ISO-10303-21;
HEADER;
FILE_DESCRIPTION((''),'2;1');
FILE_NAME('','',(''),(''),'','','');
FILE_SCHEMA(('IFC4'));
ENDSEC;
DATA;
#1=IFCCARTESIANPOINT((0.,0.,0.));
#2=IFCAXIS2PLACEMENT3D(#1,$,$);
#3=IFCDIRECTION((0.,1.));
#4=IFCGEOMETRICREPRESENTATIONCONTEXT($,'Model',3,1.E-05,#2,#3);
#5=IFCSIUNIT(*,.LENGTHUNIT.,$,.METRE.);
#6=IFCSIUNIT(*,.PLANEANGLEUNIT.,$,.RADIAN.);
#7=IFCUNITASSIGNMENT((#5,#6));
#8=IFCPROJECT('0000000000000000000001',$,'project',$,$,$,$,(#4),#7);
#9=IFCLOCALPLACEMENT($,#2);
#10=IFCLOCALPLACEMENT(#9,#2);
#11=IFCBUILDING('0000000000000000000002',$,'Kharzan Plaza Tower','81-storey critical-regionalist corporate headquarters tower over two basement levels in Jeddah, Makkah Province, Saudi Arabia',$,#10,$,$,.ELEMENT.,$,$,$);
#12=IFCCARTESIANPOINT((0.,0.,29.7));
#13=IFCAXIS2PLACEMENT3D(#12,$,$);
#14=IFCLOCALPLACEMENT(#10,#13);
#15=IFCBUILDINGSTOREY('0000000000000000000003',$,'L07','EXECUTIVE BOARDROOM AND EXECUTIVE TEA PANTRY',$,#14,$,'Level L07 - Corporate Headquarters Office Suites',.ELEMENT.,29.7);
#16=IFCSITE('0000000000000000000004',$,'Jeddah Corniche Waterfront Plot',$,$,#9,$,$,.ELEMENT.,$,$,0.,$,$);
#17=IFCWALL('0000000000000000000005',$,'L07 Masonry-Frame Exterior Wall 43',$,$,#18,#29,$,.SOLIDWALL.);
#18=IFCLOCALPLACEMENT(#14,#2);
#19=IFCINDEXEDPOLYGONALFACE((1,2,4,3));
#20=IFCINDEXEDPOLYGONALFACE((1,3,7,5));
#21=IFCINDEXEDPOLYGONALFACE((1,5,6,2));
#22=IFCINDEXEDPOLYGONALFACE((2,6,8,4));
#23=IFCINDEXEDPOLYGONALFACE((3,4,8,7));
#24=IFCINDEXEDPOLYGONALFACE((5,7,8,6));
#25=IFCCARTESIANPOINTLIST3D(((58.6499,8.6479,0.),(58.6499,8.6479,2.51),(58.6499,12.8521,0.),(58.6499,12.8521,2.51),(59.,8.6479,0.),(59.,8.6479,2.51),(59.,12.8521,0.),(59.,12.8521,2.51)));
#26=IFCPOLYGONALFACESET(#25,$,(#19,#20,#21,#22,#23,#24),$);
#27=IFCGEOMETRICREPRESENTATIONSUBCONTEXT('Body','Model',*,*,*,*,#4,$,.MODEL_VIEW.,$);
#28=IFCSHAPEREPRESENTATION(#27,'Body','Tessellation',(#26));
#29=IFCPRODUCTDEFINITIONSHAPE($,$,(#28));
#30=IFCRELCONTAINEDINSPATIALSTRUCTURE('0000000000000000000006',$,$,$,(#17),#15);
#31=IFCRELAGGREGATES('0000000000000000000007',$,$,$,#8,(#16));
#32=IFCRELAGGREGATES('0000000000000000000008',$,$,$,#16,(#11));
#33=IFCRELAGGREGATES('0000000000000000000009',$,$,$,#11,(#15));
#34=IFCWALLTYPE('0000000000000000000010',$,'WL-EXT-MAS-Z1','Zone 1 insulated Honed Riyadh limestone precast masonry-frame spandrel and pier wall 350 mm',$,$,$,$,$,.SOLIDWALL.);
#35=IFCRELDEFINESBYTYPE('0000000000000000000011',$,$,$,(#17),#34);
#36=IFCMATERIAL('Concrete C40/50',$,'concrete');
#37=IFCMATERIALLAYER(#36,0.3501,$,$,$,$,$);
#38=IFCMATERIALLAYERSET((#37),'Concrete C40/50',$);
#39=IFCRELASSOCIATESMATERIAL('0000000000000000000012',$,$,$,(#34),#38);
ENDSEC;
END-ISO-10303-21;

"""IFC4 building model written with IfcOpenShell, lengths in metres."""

from ifc_helpers import new_model, si_unit, direction, frame, frame_2d, origin, place, context, subcontext, project, spatial, rectangle, extrude, source, transform, mapped, material, layer, layer_set, type_object, element, save


model = new_model("IFC4")

# Units and contexts
model_context = context("Model", 3, precision=1e-05, world=origin(), true_north=direction((0.0, 1.0)))
body_context = subcontext(model_context, "Body", "Model", "MODEL_VIEW")
ifc_project = project(units=[si_unit("LENGTHUNIT", "METRE"), si_unit("PLANEANGLEUNIT", "RADIAN")], contexts=[model_context])

# Site, building, storey
site_placement = place(None, origin())
site = spatial("IfcSite", under=ifc_project, at=site_placement, Name="Jeddah Corniche Waterfront Plot", CompositionType="ELEMENT", RefElevation=0.0)
building_placement = place(site_placement, origin())
building = spatial("IfcBuilding", under=site, at=building_placement, Name="Kharzan Plaza Tower", Description="81-storey critical-regionalist corporate headquarters tower over two basement levels in Jeddah, Makkah Province, Saudi Arabia", CompositionType="ELEMENT")
storey_placement = place(building_placement, frame((0.0, 0.0, 29.7)))
storey = spatial("IfcBuildingStorey", under=building, at=storey_placement, Name="L07", Description="EXECUTIVE BOARDROOM AND EXECUTIVE TEA PANTRY", LongName="Level L07 - Corporate Headquarters Office Suites", CompositionType="ELEMENT", Elevation=29.7)

# Shared definitions
ifc_material_1 = material(Name="Concrete C40/50", Category="concrete")
ifc_layer = layer(ifc_material_1, 0.3501)
ifc_layer_set = layer_set([ifc_layer], Name="Concrete C40/50")
wall_type = type_object("IfcWallType", Name="WL-EXT-MAS-Z1", Description="Zone 1 insulated Honed Riyadh limestone precast masonry-frame spandrel and pier wall 350 mm", PredefinedType="SOLIDWALL", material=ifc_layer_set)

# Wall
shared_shape_1 = source(origin(), body_context, "Body", "SweptSolid", [
    extrude(rectangle(XDim=4.2041, YDim=0.3501, at=frame_2d((2.1021, 0.0))), origin(), (0.0, 0.0, 1.0), 2.51),
])
wall_1_placement = place(storey_placement, frame((58.825, 8.6479, 0.0), z_axis=(0.0, 0.0, 1.0), x_axis=(0.0, 1.0, 0.0)))
element("IfcWall", 1, at=wall_1_placement, inside=storey, type_object=wall_type, Name="L07 Masonry-Frame Exterior Wall 43", PredefinedType="SOLIDWALL", context=body_context, shape_type="MappedRepresentation", body=[
    mapped(shared_shape_1, transform((0.0, 0.0, 0.0), x_axis=(1.0, 0.0, 0.0), y_axis=(0.0, 1.0, 0.0), z_axis=(0.0, 0.0, 1.0))),
])

save(model, "model.ifc")
